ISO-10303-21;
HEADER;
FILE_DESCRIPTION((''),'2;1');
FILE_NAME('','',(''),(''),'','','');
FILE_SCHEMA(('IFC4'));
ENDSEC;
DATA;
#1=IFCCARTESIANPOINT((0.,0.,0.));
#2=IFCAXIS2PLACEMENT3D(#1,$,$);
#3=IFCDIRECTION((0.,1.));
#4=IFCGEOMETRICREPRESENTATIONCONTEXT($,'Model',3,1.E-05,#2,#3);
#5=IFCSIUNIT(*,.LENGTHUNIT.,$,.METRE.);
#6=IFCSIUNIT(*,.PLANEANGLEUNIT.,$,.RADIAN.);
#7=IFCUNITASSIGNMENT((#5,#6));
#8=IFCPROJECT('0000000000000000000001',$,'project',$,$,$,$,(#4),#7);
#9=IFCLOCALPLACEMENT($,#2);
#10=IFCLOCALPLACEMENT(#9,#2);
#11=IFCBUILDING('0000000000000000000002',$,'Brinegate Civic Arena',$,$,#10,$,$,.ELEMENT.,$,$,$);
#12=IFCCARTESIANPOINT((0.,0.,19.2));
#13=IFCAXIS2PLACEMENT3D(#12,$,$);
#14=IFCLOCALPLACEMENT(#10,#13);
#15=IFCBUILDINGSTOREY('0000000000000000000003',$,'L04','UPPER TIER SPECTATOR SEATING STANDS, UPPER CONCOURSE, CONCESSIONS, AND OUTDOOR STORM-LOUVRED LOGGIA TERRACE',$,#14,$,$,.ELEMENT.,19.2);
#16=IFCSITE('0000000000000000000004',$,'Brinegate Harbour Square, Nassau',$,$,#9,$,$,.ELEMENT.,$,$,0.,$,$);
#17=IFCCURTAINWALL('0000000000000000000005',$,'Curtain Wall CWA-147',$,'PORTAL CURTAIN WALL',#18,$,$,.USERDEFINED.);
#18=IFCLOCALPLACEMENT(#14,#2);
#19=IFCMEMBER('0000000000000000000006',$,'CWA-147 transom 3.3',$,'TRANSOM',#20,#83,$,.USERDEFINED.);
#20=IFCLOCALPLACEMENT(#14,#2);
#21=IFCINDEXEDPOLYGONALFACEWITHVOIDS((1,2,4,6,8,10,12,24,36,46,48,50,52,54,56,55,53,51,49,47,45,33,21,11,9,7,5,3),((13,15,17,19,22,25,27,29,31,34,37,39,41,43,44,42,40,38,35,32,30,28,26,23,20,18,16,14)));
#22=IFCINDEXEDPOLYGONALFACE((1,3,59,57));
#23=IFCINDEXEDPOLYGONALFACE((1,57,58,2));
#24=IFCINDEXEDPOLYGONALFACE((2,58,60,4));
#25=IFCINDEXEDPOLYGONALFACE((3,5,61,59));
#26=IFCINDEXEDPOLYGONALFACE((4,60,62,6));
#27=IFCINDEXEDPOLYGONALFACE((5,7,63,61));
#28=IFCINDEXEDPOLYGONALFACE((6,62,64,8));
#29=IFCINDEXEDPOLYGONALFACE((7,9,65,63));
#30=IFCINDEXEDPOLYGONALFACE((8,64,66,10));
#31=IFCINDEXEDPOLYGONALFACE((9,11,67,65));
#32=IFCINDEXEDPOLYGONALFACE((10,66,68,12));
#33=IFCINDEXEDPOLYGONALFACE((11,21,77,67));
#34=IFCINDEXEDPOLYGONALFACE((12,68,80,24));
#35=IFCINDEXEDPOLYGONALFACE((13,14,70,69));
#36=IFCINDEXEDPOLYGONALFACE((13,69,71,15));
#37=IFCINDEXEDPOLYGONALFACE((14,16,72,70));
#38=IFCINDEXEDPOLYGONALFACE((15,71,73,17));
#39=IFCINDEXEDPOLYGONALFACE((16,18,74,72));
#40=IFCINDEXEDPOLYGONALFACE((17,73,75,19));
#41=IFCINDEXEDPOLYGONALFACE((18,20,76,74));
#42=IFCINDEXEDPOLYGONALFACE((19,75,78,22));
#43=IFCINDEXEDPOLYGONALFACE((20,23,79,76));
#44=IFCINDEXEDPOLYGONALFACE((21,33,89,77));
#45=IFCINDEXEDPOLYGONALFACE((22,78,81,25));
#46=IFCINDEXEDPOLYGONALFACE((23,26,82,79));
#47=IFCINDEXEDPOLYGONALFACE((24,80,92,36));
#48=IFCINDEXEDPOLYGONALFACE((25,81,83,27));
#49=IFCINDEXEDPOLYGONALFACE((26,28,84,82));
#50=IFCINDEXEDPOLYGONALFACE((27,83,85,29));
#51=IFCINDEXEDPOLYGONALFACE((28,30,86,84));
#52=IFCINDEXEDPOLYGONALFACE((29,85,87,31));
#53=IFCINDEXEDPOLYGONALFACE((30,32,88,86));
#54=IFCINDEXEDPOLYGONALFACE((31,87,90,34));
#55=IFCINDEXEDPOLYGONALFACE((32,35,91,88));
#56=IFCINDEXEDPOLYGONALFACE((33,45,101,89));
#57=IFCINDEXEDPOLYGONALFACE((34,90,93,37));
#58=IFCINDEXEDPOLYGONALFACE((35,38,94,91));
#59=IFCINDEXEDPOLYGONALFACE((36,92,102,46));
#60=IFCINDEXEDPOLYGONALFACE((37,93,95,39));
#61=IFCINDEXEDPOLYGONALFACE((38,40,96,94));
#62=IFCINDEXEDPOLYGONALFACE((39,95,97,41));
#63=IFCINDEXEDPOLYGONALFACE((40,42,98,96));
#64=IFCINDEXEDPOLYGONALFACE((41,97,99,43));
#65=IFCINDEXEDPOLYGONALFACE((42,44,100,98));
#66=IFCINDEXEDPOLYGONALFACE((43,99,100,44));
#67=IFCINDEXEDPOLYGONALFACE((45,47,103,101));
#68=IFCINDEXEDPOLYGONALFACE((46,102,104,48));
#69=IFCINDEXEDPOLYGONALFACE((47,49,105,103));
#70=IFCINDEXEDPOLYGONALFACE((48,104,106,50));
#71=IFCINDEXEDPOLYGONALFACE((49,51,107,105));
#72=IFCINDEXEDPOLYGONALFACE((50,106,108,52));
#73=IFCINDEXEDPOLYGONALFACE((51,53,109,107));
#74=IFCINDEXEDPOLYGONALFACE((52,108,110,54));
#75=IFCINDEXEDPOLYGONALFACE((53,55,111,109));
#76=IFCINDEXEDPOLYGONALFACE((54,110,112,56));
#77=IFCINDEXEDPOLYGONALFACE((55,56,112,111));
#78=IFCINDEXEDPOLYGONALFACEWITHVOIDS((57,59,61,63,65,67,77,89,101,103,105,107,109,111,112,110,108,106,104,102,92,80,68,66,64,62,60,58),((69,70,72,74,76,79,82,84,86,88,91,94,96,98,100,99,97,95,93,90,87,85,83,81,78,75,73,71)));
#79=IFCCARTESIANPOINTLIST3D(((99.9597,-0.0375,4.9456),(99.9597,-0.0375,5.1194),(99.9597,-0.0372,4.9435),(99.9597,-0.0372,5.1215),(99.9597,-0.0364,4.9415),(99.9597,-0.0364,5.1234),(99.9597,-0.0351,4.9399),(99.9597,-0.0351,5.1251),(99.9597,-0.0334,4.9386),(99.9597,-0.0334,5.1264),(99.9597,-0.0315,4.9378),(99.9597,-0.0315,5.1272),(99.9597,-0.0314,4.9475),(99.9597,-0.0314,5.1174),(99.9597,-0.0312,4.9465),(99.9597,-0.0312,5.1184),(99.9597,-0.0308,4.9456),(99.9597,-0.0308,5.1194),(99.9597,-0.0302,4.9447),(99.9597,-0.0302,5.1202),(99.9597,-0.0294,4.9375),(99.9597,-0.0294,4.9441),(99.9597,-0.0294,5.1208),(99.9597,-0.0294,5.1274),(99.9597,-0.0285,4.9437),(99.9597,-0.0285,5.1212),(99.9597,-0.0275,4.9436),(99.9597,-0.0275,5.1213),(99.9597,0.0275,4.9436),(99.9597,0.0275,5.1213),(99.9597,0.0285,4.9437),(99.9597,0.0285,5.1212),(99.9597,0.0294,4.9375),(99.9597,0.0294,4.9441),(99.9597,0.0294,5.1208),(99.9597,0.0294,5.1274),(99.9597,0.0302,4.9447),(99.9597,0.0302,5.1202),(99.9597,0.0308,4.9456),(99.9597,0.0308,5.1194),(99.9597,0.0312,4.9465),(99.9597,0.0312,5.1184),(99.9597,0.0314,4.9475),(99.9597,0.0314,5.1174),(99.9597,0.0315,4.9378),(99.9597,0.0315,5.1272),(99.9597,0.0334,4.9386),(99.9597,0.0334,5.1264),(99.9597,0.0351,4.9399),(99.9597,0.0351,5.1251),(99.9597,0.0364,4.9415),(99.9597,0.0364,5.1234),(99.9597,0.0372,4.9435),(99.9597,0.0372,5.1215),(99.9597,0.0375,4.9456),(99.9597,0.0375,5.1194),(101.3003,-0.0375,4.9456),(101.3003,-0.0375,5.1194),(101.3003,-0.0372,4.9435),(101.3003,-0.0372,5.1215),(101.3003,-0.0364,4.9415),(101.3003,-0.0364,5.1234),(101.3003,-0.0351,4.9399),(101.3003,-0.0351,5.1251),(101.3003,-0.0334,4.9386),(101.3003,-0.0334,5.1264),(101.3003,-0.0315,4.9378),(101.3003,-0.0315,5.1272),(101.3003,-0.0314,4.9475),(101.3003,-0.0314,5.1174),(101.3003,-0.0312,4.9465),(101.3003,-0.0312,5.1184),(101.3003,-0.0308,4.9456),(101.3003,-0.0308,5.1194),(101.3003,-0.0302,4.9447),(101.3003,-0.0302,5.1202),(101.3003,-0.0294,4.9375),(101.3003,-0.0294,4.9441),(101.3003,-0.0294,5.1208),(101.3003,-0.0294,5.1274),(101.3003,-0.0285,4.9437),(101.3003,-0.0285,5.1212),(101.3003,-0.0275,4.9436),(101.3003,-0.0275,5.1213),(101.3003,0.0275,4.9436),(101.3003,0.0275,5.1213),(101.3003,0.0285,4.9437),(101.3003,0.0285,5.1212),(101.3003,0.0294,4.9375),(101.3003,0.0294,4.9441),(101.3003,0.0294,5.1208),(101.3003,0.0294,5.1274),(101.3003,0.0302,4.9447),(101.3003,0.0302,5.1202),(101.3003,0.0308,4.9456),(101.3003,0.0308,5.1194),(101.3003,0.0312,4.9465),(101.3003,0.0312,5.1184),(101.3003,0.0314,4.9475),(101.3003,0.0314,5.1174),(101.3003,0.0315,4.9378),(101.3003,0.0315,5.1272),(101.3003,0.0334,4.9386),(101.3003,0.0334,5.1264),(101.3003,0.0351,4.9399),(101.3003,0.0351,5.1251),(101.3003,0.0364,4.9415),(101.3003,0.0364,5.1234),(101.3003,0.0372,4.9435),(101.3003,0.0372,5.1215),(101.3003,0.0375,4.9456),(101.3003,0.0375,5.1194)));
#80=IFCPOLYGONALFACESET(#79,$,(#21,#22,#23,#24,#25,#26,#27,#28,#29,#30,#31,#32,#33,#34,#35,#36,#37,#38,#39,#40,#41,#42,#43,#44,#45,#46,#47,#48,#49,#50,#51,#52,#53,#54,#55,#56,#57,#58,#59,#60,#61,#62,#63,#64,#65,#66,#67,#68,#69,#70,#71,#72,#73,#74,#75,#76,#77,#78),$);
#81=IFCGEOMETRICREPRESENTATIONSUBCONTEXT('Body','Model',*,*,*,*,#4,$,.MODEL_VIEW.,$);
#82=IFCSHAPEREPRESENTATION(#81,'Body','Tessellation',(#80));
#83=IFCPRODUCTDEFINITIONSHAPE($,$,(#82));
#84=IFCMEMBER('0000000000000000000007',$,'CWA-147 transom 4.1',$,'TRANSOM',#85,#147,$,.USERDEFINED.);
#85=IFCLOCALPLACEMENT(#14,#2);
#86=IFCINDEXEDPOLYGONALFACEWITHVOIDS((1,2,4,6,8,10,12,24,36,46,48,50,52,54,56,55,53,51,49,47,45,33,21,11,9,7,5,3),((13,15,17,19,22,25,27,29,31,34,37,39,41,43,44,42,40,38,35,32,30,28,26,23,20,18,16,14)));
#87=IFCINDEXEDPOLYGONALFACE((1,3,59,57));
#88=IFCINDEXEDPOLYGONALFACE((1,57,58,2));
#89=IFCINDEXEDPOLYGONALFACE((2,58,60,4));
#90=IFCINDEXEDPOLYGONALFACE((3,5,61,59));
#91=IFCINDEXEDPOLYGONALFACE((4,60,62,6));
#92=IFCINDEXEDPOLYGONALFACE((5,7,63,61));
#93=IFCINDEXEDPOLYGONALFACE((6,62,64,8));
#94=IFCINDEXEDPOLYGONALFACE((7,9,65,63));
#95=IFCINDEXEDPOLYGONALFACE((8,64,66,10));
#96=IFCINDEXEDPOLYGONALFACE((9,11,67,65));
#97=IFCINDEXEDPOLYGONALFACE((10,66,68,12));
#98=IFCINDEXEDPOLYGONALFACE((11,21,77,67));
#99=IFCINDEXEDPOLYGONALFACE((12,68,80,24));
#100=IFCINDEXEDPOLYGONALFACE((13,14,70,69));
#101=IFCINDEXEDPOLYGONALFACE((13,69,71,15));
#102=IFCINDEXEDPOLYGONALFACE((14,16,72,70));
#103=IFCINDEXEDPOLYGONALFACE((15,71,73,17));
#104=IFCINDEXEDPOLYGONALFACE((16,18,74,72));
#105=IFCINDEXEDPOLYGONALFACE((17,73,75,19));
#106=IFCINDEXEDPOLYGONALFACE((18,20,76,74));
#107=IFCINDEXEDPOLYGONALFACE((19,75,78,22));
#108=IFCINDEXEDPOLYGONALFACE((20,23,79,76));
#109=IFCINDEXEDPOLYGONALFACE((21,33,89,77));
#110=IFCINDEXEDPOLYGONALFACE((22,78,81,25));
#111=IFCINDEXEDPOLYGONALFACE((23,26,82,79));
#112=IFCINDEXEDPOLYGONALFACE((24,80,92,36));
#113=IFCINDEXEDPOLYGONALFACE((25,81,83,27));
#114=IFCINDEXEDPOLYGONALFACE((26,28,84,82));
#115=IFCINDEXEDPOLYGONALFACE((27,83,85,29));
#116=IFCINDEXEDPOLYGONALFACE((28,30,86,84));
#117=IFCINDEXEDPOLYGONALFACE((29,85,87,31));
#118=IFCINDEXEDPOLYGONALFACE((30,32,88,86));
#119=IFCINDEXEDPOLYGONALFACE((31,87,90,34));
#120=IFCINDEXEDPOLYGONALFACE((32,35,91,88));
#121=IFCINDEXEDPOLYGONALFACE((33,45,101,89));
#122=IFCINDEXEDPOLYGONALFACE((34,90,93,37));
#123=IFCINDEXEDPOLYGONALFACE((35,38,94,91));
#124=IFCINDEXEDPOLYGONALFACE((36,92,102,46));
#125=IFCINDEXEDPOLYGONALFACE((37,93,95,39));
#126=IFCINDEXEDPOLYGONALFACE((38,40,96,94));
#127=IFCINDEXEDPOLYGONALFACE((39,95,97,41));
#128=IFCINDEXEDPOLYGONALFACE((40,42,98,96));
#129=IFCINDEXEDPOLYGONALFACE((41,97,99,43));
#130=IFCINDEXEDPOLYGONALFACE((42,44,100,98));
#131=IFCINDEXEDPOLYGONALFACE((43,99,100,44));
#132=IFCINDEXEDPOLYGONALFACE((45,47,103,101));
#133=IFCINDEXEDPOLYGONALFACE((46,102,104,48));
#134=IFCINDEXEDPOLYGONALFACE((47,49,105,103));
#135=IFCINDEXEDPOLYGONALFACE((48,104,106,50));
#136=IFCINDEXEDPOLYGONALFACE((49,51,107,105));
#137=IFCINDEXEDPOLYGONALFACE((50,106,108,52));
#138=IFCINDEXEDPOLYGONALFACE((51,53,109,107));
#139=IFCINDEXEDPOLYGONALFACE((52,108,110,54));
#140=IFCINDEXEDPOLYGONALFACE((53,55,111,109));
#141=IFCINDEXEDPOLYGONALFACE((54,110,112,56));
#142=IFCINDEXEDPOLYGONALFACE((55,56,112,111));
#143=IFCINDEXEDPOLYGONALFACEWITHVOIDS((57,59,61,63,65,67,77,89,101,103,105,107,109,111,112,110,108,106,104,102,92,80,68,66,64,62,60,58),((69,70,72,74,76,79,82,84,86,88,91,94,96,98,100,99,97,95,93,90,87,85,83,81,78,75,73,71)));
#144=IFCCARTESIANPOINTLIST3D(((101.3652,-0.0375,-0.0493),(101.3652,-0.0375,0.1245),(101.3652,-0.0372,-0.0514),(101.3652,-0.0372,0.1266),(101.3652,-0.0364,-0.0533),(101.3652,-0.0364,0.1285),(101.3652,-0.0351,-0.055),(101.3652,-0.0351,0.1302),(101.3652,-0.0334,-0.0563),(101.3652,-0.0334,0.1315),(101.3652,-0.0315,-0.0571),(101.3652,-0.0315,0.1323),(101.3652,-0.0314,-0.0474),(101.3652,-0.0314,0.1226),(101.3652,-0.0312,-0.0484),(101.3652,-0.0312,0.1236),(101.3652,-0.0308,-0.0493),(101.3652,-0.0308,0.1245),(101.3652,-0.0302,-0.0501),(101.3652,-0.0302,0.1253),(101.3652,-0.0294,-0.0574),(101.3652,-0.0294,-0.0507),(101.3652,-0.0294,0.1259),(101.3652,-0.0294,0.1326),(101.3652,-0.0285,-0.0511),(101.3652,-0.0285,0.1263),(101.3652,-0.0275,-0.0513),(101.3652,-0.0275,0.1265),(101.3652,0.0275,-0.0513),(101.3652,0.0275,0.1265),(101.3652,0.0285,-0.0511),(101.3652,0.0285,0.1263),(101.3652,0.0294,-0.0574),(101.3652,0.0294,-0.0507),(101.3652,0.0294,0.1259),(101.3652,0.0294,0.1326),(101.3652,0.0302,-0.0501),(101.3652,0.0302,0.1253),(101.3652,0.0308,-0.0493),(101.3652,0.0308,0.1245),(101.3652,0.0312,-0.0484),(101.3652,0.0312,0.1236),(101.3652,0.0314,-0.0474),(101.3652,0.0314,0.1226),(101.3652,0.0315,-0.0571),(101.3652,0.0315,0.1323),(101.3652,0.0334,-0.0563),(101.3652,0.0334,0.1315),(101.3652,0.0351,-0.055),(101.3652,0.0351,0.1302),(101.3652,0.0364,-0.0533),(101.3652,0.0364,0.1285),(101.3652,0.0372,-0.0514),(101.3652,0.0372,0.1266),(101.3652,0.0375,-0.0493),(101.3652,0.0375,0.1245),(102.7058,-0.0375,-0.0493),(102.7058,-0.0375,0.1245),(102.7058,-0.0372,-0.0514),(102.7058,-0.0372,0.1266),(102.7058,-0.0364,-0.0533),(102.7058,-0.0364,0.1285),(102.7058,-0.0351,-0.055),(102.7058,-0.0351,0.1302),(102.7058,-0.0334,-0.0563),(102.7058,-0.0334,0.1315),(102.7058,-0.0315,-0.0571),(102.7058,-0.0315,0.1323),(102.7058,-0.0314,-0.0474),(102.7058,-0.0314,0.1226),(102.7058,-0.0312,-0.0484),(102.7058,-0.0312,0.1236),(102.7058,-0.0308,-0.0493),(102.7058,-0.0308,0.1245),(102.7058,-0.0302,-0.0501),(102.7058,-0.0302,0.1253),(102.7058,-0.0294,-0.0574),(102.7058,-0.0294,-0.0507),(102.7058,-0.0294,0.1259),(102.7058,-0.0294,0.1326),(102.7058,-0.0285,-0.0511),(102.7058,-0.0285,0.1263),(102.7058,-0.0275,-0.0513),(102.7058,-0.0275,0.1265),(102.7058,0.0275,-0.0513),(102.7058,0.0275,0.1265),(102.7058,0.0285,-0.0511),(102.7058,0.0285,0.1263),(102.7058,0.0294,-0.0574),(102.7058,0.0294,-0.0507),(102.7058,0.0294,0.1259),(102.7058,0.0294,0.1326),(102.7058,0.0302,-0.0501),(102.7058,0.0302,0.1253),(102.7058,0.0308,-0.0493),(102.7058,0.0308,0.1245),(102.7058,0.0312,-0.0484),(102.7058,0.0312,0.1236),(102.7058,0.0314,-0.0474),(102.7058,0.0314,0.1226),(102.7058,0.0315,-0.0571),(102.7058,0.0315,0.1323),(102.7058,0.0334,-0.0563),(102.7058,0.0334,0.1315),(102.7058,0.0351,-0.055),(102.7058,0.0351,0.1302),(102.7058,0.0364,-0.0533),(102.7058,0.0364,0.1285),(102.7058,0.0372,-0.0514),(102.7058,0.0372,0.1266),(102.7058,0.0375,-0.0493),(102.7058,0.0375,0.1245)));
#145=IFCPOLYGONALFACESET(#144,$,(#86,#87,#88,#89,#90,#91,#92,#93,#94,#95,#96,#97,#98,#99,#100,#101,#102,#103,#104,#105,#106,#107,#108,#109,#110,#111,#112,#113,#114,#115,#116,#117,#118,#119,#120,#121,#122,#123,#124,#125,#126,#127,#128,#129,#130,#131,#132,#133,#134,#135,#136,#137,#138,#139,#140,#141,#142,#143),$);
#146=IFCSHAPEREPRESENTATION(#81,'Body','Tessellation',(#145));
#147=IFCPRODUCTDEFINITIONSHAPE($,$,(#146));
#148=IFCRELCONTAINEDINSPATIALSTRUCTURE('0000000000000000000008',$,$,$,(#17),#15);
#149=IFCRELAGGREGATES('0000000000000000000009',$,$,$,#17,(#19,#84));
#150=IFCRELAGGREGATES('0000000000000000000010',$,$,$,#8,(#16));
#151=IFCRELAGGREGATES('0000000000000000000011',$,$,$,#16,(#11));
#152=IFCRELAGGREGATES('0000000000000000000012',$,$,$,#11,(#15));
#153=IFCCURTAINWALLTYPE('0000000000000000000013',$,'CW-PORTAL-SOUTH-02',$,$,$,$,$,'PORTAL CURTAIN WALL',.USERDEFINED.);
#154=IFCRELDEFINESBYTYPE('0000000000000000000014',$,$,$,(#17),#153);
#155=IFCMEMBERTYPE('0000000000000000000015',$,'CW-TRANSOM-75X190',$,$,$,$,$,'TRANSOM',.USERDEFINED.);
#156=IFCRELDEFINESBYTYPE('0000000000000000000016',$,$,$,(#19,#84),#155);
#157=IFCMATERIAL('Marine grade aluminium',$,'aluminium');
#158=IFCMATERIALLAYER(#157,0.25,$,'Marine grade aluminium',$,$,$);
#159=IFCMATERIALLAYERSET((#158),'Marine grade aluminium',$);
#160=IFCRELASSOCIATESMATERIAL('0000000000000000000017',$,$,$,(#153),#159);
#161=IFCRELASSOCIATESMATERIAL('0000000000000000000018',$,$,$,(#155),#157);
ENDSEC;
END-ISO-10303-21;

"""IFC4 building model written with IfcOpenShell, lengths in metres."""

from ifc_helpers import new_model, si_unit, direction, frame, origin, origin_2d, place, context, subcontext, project, spatial, hollow_rectangle, extrude, material, layer, layer_set, material_profile, profile_set, type_object, element, aggregate, save


model = new_model("IFC4")

# Units and contexts
model_context = context("Model", 3, precision=1e-05, world=origin(), true_north=direction((0.0, 1.0)))
body_context = subcontext(model_context, "Body", "Model", "MODEL_VIEW")
ifc_project = project(units=[si_unit("LENGTHUNIT", "METRE"), si_unit("PLANEANGLEUNIT", "RADIAN")], contexts=[model_context])

# Site, building, storey
site_placement = place(None, origin())
site = spatial("IfcSite", under=ifc_project, at=site_placement, Name="Brinegate Harbour Square, Nassau", CompositionType="ELEMENT", RefElevation=0.0)
building_placement = place(site_placement, origin())
building = spatial("IfcBuilding", under=site, at=building_placement, Name="Brinegate Civic Arena", CompositionType="ELEMENT")
storey_placement = place(building_placement, frame((0.0, 0.0, 19.2)))
storey = spatial("IfcBuildingStorey", under=building, at=storey_placement, Name="L04", Description="UPPER TIER SPECTATOR SEATING STANDS, UPPER CONCOURSE, CONCESSIONS, AND OUTDOOR STORM-LOUVRED LOGGIA TERRACE", CompositionType="ELEMENT", Elevation=19.2)

# Curtain wall, members
ifc_material_1 = material(Name="Marine grade aluminium", Category="aluminium")
ifc_layer_1 = layer(ifc_material_1, 0.25, Name="Marine grade aluminium")
ifc_layer_set_1 = layer_set([ifc_layer_1], Name="Marine grade aluminium")
curtain_wall_type = type_object("IfcCurtainWallType", Name="CW-PORTAL-SOUTH-02", ElementType="PORTAL CURTAIN WALL", PredefinedType="USERDEFINED", material=ifc_layer_set_1)
curtain_wall_placement = place(storey_placement, origin())
curtain_wall = element("IfcCurtainWall", 1, at=curtain_wall_placement, inside=storey, type_object=curtain_wall_type, Name="Curtain Wall CWA-147", ObjectType="PORTAL CURTAIN WALL", PredefinedType="USERDEFINED")
ifc_material_profile_1 = material_profile(ifc_material_1, hollow_rectangle(XDim=0.075, YDim=0.1899, WallThickness=0.0061, InnerFilletRadius=0.0039, OuterFilletRadius=0.0081, at=origin_2d()), Name="TRN75X190")
ifc_profile_set_1 = profile_set([ifc_material_profile_1], Name="Marine grade aluminium")
member_type_1 = type_object("IfcMemberType", Name="CW-TRANSOM-75X190", ElementType="TRANSOM", PredefinedType="USERDEFINED", material=ifc_profile_set_1)
member_1_placement = place(storey_placement, frame((99.9597, 0.0, 5.0325), z_axis=(1.0, 0.0, 0.0), x_axis=(0.0, 1.0, 0.0)))
member_1 = element("IfcMember", 2, at=member_1_placement, type_object=member_type_1, Name="CWA-147 transom 3.3", ObjectType="TRANSOM", PredefinedType="USERDEFINED", context=body_context, shape_type="SweptSolid", body=[
    extrude(hollow_rectangle(XDim=0.075, YDim=0.1899, WallThickness=0.0061, InnerFilletRadius=0.0039, OuterFilletRadius=0.0081, at=origin_2d()), origin(), (0.0, 0.0, 1.0), 1.3406),
])
member_2_placement = place(storey_placement, frame((101.3652, 0.0, 0.0376), z_axis=(1.0, 0.0, 0.0), x_axis=(0.0, 1.0, 0.0)))
member_2 = element("IfcMember", 3, at=member_2_placement, type_object=member_type_1, Name="CWA-147 transom 4.1", ObjectType="TRANSOM", PredefinedType="USERDEFINED", context=body_context, shape_type="SweptSolid", body=[
    extrude(hollow_rectangle(XDim=0.075, YDim=0.1899, WallThickness=0.0061, InnerFilletRadius=0.0039, OuterFilletRadius=0.0081, at=origin_2d()), origin(), (0.0, 0.0, 1.0), 1.3406),
])
aggregate(curtain_wall, [member_1, member_2])

save(model, "model.ifc")
